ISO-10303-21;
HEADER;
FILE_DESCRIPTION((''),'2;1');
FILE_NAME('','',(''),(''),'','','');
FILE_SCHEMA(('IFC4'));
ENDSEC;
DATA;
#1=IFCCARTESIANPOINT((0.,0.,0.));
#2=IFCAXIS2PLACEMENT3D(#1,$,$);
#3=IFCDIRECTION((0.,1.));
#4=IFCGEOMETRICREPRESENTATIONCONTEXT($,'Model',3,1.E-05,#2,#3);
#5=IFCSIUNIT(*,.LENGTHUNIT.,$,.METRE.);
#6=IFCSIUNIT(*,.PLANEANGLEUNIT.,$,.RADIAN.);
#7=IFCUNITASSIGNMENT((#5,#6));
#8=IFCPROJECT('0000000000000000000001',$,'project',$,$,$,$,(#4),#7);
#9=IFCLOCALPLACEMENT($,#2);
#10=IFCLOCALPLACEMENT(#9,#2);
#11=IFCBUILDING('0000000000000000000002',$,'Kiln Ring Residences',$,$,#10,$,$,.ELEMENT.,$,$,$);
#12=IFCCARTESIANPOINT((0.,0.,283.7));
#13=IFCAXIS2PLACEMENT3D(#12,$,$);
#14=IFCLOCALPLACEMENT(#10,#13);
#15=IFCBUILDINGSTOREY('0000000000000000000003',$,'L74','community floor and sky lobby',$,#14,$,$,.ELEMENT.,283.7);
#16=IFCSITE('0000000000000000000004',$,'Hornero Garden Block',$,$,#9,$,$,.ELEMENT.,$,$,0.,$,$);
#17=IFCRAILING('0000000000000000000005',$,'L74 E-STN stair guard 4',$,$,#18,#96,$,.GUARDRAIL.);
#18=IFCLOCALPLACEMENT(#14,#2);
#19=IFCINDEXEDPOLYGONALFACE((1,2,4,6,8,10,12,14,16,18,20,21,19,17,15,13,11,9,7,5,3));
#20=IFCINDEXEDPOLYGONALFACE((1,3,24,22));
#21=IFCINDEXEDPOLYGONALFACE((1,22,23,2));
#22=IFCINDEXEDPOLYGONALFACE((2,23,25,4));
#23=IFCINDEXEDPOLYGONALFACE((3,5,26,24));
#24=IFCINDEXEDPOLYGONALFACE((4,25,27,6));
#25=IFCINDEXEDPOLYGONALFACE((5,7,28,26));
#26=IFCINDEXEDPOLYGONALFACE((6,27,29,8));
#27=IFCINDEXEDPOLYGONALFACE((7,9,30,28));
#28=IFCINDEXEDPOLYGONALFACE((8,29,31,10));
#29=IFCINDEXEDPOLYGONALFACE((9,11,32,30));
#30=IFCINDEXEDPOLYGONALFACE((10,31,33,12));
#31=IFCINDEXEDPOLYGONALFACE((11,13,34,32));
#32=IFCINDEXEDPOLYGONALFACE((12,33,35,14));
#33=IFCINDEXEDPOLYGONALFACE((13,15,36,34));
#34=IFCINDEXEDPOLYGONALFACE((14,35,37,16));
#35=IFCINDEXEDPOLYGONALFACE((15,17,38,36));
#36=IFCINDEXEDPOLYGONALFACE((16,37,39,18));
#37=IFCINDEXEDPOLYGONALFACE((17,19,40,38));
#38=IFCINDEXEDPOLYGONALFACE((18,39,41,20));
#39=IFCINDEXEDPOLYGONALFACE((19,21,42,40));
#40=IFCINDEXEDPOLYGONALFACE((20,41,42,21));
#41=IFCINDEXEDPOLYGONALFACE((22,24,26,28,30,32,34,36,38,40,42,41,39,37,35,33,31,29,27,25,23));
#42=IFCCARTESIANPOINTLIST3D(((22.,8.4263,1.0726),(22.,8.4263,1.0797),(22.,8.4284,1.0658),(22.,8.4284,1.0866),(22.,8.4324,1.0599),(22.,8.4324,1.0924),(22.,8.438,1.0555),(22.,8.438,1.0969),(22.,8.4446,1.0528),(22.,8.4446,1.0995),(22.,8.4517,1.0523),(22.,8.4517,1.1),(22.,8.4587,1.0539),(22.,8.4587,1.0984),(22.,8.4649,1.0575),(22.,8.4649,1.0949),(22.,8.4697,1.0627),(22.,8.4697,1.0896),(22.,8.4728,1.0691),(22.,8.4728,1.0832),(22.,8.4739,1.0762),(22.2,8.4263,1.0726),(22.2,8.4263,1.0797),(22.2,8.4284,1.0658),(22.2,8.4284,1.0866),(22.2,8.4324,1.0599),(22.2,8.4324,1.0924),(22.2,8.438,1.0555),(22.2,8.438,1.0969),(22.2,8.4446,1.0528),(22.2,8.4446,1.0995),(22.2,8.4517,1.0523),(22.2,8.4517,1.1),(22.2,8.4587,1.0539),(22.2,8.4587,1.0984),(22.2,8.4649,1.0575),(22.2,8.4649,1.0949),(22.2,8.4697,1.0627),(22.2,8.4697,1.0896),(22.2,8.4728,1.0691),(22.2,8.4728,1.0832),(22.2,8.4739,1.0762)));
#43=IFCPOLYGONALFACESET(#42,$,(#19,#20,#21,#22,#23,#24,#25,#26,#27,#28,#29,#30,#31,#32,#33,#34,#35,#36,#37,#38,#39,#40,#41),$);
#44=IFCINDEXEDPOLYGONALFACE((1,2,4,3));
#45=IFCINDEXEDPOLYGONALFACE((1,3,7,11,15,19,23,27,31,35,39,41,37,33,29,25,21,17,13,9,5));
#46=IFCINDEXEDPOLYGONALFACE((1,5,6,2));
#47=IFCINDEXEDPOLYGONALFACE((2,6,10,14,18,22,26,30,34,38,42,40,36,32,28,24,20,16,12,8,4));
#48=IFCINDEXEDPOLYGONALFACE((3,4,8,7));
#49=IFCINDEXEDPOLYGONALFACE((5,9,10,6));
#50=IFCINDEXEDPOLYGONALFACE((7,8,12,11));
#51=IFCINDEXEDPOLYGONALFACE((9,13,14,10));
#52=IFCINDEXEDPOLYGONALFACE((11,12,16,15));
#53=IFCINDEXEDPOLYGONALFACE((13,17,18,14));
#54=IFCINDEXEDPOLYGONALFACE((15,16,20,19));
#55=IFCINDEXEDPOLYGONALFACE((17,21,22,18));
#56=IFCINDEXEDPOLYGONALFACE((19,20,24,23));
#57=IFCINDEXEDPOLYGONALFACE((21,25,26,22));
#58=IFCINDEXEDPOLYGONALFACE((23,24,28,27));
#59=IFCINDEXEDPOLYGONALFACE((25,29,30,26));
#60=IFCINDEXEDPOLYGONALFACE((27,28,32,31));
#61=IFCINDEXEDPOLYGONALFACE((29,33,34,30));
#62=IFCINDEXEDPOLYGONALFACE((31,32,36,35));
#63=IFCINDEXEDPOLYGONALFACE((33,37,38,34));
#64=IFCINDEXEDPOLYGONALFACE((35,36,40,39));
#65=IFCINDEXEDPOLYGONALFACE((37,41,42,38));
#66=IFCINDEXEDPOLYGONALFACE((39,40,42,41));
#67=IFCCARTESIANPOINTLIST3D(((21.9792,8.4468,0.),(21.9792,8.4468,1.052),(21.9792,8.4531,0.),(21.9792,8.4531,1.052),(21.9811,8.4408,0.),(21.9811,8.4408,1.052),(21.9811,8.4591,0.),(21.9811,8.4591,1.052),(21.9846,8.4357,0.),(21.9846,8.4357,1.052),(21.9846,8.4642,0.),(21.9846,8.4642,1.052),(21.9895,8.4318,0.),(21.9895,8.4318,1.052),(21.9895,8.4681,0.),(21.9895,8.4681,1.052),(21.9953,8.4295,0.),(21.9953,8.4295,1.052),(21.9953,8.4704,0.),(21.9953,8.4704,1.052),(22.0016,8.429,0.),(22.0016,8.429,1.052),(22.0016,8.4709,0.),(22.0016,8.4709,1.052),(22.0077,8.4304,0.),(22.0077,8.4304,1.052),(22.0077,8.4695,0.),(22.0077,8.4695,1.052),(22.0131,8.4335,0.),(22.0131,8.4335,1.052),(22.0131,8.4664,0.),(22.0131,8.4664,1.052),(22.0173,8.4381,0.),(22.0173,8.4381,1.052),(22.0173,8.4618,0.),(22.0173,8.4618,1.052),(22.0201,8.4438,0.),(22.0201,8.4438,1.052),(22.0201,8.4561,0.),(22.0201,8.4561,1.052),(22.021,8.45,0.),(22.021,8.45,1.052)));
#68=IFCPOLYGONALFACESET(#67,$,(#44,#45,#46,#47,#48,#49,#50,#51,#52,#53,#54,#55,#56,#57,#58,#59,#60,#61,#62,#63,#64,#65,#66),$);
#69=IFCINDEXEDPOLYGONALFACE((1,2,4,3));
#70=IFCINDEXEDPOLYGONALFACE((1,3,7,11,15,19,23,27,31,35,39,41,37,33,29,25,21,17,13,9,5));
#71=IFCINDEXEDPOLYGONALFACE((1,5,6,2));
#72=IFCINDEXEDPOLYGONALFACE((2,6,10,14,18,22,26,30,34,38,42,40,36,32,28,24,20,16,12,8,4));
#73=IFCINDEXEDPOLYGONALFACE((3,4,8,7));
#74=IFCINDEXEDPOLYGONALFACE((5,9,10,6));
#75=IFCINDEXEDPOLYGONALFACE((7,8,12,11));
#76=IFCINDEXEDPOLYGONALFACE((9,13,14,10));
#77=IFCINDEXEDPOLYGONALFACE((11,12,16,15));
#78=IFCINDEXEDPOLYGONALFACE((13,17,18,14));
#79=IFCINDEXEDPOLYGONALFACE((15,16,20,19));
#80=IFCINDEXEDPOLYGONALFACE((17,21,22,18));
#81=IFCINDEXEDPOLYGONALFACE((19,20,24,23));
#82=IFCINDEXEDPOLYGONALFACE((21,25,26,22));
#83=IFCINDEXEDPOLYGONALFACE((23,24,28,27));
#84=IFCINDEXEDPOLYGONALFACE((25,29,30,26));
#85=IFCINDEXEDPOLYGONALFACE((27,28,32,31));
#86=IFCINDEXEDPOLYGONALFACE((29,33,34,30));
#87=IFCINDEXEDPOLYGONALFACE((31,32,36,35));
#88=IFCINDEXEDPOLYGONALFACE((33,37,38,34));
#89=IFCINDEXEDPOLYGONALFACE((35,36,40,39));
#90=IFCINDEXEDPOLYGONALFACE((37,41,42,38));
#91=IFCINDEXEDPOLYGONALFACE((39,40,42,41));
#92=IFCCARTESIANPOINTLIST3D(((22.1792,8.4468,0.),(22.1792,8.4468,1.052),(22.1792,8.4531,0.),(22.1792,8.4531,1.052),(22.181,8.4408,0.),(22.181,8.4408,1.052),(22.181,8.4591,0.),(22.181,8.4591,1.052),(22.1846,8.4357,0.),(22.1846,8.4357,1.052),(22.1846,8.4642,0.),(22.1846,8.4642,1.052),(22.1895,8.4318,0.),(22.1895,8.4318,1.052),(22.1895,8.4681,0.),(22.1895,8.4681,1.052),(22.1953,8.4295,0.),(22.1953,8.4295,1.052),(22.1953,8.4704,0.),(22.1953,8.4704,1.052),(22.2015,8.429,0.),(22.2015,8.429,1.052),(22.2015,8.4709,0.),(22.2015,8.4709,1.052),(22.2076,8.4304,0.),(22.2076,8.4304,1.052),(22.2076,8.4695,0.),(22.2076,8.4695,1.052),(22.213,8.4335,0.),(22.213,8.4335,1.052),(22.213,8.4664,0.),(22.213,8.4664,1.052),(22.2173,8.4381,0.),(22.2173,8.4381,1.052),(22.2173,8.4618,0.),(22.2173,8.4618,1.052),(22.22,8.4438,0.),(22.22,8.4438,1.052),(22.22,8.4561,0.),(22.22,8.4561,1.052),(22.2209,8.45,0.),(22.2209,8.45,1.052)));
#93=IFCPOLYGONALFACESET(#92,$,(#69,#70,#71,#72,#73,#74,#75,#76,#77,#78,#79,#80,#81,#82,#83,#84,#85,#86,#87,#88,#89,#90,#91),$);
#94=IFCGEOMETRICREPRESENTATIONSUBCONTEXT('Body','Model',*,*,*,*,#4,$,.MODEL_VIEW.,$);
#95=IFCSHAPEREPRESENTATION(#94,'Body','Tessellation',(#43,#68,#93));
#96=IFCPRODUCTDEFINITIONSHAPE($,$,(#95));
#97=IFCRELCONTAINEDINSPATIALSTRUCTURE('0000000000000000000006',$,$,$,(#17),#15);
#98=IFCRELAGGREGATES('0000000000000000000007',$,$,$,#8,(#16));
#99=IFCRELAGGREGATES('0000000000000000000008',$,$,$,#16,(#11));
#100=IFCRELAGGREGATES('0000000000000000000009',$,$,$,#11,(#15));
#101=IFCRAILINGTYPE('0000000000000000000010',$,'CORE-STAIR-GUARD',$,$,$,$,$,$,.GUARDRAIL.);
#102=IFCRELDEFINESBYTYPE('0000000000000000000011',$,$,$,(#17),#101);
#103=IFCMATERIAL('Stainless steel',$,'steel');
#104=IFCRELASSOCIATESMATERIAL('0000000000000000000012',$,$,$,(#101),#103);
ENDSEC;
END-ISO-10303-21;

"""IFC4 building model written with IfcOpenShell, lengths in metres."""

from ifc_helpers import new_model, si_unit, direction, frame, origin, origin_2d, place, context, subcontext, project, spatial, circle, extrude, material, type_object, element, save


model = new_model("IFC4")

# Units and contexts
model_context = context("Model", 3, precision=1e-05, world=origin(), true_north=direction((0.0, 1.0)))
body_context = subcontext(model_context, "Body", "Model", "MODEL_VIEW")
ifc_project = project(units=[si_unit("LENGTHUNIT", "METRE"), si_unit("PLANEANGLEUNIT", "RADIAN")], contexts=[model_context])

# Site, building, storey
site_placement = place(None, origin())
site = spatial("IfcSite", under=ifc_project, at=site_placement, Name="Hornero Garden Block", CompositionType="ELEMENT", RefElevation=0.0)
building_placement = place(site_placement, origin())
building = spatial("IfcBuilding", under=site, at=building_placement, Name="Kiln Ring Residences", CompositionType="ELEMENT")
storey_placement = place(building_placement, frame((0.0, 0.0, 283.7)))
storey = spatial("IfcBuildingStorey", under=building, at=storey_placement, Name="L74", Description="community floor and sky lobby", CompositionType="ELEMENT", Elevation=283.7)

# Railing
ifc_material_1 = material(Name="Stainless steel", Category="steel")
railing_type_1 = type_object("IfcRailingType", Name="CORE-STAIR-GUARD", PredefinedType="GUARDRAIL", material=ifc_material_1)
railing_1_placement = place(storey_placement, frame((22.0, 8.45, 0.0)))
element("IfcRailing", 1, at=railing_1_placement, inside=storey, type_object=railing_type_1, Name="L74 E-STN stair guard 4", PredefinedType="GUARDRAIL", context=body_context, shape_type="SweptSolid", body=[
    extrude(circle(Radius=0.0239, at=origin_2d()), frame((0.0, 0.0, 1.0762), z_axis=(1.0, 0.0, 0.0), x_axis=(0.0, 1.0, 0.0)), (0.0, 0.0, 1.0), 0.2),
    extrude(circle(Radius=0.021, at=origin_2d()), origin(), (0.0, 0.0, 1.0), 1.052),
    extrude(circle(Radius=0.021, at=origin_2d()), frame((0.2, 0.0, 0.0)), (0.0, 0.0, 1.0), 1.052),
])

save(model, "model.ifc")
